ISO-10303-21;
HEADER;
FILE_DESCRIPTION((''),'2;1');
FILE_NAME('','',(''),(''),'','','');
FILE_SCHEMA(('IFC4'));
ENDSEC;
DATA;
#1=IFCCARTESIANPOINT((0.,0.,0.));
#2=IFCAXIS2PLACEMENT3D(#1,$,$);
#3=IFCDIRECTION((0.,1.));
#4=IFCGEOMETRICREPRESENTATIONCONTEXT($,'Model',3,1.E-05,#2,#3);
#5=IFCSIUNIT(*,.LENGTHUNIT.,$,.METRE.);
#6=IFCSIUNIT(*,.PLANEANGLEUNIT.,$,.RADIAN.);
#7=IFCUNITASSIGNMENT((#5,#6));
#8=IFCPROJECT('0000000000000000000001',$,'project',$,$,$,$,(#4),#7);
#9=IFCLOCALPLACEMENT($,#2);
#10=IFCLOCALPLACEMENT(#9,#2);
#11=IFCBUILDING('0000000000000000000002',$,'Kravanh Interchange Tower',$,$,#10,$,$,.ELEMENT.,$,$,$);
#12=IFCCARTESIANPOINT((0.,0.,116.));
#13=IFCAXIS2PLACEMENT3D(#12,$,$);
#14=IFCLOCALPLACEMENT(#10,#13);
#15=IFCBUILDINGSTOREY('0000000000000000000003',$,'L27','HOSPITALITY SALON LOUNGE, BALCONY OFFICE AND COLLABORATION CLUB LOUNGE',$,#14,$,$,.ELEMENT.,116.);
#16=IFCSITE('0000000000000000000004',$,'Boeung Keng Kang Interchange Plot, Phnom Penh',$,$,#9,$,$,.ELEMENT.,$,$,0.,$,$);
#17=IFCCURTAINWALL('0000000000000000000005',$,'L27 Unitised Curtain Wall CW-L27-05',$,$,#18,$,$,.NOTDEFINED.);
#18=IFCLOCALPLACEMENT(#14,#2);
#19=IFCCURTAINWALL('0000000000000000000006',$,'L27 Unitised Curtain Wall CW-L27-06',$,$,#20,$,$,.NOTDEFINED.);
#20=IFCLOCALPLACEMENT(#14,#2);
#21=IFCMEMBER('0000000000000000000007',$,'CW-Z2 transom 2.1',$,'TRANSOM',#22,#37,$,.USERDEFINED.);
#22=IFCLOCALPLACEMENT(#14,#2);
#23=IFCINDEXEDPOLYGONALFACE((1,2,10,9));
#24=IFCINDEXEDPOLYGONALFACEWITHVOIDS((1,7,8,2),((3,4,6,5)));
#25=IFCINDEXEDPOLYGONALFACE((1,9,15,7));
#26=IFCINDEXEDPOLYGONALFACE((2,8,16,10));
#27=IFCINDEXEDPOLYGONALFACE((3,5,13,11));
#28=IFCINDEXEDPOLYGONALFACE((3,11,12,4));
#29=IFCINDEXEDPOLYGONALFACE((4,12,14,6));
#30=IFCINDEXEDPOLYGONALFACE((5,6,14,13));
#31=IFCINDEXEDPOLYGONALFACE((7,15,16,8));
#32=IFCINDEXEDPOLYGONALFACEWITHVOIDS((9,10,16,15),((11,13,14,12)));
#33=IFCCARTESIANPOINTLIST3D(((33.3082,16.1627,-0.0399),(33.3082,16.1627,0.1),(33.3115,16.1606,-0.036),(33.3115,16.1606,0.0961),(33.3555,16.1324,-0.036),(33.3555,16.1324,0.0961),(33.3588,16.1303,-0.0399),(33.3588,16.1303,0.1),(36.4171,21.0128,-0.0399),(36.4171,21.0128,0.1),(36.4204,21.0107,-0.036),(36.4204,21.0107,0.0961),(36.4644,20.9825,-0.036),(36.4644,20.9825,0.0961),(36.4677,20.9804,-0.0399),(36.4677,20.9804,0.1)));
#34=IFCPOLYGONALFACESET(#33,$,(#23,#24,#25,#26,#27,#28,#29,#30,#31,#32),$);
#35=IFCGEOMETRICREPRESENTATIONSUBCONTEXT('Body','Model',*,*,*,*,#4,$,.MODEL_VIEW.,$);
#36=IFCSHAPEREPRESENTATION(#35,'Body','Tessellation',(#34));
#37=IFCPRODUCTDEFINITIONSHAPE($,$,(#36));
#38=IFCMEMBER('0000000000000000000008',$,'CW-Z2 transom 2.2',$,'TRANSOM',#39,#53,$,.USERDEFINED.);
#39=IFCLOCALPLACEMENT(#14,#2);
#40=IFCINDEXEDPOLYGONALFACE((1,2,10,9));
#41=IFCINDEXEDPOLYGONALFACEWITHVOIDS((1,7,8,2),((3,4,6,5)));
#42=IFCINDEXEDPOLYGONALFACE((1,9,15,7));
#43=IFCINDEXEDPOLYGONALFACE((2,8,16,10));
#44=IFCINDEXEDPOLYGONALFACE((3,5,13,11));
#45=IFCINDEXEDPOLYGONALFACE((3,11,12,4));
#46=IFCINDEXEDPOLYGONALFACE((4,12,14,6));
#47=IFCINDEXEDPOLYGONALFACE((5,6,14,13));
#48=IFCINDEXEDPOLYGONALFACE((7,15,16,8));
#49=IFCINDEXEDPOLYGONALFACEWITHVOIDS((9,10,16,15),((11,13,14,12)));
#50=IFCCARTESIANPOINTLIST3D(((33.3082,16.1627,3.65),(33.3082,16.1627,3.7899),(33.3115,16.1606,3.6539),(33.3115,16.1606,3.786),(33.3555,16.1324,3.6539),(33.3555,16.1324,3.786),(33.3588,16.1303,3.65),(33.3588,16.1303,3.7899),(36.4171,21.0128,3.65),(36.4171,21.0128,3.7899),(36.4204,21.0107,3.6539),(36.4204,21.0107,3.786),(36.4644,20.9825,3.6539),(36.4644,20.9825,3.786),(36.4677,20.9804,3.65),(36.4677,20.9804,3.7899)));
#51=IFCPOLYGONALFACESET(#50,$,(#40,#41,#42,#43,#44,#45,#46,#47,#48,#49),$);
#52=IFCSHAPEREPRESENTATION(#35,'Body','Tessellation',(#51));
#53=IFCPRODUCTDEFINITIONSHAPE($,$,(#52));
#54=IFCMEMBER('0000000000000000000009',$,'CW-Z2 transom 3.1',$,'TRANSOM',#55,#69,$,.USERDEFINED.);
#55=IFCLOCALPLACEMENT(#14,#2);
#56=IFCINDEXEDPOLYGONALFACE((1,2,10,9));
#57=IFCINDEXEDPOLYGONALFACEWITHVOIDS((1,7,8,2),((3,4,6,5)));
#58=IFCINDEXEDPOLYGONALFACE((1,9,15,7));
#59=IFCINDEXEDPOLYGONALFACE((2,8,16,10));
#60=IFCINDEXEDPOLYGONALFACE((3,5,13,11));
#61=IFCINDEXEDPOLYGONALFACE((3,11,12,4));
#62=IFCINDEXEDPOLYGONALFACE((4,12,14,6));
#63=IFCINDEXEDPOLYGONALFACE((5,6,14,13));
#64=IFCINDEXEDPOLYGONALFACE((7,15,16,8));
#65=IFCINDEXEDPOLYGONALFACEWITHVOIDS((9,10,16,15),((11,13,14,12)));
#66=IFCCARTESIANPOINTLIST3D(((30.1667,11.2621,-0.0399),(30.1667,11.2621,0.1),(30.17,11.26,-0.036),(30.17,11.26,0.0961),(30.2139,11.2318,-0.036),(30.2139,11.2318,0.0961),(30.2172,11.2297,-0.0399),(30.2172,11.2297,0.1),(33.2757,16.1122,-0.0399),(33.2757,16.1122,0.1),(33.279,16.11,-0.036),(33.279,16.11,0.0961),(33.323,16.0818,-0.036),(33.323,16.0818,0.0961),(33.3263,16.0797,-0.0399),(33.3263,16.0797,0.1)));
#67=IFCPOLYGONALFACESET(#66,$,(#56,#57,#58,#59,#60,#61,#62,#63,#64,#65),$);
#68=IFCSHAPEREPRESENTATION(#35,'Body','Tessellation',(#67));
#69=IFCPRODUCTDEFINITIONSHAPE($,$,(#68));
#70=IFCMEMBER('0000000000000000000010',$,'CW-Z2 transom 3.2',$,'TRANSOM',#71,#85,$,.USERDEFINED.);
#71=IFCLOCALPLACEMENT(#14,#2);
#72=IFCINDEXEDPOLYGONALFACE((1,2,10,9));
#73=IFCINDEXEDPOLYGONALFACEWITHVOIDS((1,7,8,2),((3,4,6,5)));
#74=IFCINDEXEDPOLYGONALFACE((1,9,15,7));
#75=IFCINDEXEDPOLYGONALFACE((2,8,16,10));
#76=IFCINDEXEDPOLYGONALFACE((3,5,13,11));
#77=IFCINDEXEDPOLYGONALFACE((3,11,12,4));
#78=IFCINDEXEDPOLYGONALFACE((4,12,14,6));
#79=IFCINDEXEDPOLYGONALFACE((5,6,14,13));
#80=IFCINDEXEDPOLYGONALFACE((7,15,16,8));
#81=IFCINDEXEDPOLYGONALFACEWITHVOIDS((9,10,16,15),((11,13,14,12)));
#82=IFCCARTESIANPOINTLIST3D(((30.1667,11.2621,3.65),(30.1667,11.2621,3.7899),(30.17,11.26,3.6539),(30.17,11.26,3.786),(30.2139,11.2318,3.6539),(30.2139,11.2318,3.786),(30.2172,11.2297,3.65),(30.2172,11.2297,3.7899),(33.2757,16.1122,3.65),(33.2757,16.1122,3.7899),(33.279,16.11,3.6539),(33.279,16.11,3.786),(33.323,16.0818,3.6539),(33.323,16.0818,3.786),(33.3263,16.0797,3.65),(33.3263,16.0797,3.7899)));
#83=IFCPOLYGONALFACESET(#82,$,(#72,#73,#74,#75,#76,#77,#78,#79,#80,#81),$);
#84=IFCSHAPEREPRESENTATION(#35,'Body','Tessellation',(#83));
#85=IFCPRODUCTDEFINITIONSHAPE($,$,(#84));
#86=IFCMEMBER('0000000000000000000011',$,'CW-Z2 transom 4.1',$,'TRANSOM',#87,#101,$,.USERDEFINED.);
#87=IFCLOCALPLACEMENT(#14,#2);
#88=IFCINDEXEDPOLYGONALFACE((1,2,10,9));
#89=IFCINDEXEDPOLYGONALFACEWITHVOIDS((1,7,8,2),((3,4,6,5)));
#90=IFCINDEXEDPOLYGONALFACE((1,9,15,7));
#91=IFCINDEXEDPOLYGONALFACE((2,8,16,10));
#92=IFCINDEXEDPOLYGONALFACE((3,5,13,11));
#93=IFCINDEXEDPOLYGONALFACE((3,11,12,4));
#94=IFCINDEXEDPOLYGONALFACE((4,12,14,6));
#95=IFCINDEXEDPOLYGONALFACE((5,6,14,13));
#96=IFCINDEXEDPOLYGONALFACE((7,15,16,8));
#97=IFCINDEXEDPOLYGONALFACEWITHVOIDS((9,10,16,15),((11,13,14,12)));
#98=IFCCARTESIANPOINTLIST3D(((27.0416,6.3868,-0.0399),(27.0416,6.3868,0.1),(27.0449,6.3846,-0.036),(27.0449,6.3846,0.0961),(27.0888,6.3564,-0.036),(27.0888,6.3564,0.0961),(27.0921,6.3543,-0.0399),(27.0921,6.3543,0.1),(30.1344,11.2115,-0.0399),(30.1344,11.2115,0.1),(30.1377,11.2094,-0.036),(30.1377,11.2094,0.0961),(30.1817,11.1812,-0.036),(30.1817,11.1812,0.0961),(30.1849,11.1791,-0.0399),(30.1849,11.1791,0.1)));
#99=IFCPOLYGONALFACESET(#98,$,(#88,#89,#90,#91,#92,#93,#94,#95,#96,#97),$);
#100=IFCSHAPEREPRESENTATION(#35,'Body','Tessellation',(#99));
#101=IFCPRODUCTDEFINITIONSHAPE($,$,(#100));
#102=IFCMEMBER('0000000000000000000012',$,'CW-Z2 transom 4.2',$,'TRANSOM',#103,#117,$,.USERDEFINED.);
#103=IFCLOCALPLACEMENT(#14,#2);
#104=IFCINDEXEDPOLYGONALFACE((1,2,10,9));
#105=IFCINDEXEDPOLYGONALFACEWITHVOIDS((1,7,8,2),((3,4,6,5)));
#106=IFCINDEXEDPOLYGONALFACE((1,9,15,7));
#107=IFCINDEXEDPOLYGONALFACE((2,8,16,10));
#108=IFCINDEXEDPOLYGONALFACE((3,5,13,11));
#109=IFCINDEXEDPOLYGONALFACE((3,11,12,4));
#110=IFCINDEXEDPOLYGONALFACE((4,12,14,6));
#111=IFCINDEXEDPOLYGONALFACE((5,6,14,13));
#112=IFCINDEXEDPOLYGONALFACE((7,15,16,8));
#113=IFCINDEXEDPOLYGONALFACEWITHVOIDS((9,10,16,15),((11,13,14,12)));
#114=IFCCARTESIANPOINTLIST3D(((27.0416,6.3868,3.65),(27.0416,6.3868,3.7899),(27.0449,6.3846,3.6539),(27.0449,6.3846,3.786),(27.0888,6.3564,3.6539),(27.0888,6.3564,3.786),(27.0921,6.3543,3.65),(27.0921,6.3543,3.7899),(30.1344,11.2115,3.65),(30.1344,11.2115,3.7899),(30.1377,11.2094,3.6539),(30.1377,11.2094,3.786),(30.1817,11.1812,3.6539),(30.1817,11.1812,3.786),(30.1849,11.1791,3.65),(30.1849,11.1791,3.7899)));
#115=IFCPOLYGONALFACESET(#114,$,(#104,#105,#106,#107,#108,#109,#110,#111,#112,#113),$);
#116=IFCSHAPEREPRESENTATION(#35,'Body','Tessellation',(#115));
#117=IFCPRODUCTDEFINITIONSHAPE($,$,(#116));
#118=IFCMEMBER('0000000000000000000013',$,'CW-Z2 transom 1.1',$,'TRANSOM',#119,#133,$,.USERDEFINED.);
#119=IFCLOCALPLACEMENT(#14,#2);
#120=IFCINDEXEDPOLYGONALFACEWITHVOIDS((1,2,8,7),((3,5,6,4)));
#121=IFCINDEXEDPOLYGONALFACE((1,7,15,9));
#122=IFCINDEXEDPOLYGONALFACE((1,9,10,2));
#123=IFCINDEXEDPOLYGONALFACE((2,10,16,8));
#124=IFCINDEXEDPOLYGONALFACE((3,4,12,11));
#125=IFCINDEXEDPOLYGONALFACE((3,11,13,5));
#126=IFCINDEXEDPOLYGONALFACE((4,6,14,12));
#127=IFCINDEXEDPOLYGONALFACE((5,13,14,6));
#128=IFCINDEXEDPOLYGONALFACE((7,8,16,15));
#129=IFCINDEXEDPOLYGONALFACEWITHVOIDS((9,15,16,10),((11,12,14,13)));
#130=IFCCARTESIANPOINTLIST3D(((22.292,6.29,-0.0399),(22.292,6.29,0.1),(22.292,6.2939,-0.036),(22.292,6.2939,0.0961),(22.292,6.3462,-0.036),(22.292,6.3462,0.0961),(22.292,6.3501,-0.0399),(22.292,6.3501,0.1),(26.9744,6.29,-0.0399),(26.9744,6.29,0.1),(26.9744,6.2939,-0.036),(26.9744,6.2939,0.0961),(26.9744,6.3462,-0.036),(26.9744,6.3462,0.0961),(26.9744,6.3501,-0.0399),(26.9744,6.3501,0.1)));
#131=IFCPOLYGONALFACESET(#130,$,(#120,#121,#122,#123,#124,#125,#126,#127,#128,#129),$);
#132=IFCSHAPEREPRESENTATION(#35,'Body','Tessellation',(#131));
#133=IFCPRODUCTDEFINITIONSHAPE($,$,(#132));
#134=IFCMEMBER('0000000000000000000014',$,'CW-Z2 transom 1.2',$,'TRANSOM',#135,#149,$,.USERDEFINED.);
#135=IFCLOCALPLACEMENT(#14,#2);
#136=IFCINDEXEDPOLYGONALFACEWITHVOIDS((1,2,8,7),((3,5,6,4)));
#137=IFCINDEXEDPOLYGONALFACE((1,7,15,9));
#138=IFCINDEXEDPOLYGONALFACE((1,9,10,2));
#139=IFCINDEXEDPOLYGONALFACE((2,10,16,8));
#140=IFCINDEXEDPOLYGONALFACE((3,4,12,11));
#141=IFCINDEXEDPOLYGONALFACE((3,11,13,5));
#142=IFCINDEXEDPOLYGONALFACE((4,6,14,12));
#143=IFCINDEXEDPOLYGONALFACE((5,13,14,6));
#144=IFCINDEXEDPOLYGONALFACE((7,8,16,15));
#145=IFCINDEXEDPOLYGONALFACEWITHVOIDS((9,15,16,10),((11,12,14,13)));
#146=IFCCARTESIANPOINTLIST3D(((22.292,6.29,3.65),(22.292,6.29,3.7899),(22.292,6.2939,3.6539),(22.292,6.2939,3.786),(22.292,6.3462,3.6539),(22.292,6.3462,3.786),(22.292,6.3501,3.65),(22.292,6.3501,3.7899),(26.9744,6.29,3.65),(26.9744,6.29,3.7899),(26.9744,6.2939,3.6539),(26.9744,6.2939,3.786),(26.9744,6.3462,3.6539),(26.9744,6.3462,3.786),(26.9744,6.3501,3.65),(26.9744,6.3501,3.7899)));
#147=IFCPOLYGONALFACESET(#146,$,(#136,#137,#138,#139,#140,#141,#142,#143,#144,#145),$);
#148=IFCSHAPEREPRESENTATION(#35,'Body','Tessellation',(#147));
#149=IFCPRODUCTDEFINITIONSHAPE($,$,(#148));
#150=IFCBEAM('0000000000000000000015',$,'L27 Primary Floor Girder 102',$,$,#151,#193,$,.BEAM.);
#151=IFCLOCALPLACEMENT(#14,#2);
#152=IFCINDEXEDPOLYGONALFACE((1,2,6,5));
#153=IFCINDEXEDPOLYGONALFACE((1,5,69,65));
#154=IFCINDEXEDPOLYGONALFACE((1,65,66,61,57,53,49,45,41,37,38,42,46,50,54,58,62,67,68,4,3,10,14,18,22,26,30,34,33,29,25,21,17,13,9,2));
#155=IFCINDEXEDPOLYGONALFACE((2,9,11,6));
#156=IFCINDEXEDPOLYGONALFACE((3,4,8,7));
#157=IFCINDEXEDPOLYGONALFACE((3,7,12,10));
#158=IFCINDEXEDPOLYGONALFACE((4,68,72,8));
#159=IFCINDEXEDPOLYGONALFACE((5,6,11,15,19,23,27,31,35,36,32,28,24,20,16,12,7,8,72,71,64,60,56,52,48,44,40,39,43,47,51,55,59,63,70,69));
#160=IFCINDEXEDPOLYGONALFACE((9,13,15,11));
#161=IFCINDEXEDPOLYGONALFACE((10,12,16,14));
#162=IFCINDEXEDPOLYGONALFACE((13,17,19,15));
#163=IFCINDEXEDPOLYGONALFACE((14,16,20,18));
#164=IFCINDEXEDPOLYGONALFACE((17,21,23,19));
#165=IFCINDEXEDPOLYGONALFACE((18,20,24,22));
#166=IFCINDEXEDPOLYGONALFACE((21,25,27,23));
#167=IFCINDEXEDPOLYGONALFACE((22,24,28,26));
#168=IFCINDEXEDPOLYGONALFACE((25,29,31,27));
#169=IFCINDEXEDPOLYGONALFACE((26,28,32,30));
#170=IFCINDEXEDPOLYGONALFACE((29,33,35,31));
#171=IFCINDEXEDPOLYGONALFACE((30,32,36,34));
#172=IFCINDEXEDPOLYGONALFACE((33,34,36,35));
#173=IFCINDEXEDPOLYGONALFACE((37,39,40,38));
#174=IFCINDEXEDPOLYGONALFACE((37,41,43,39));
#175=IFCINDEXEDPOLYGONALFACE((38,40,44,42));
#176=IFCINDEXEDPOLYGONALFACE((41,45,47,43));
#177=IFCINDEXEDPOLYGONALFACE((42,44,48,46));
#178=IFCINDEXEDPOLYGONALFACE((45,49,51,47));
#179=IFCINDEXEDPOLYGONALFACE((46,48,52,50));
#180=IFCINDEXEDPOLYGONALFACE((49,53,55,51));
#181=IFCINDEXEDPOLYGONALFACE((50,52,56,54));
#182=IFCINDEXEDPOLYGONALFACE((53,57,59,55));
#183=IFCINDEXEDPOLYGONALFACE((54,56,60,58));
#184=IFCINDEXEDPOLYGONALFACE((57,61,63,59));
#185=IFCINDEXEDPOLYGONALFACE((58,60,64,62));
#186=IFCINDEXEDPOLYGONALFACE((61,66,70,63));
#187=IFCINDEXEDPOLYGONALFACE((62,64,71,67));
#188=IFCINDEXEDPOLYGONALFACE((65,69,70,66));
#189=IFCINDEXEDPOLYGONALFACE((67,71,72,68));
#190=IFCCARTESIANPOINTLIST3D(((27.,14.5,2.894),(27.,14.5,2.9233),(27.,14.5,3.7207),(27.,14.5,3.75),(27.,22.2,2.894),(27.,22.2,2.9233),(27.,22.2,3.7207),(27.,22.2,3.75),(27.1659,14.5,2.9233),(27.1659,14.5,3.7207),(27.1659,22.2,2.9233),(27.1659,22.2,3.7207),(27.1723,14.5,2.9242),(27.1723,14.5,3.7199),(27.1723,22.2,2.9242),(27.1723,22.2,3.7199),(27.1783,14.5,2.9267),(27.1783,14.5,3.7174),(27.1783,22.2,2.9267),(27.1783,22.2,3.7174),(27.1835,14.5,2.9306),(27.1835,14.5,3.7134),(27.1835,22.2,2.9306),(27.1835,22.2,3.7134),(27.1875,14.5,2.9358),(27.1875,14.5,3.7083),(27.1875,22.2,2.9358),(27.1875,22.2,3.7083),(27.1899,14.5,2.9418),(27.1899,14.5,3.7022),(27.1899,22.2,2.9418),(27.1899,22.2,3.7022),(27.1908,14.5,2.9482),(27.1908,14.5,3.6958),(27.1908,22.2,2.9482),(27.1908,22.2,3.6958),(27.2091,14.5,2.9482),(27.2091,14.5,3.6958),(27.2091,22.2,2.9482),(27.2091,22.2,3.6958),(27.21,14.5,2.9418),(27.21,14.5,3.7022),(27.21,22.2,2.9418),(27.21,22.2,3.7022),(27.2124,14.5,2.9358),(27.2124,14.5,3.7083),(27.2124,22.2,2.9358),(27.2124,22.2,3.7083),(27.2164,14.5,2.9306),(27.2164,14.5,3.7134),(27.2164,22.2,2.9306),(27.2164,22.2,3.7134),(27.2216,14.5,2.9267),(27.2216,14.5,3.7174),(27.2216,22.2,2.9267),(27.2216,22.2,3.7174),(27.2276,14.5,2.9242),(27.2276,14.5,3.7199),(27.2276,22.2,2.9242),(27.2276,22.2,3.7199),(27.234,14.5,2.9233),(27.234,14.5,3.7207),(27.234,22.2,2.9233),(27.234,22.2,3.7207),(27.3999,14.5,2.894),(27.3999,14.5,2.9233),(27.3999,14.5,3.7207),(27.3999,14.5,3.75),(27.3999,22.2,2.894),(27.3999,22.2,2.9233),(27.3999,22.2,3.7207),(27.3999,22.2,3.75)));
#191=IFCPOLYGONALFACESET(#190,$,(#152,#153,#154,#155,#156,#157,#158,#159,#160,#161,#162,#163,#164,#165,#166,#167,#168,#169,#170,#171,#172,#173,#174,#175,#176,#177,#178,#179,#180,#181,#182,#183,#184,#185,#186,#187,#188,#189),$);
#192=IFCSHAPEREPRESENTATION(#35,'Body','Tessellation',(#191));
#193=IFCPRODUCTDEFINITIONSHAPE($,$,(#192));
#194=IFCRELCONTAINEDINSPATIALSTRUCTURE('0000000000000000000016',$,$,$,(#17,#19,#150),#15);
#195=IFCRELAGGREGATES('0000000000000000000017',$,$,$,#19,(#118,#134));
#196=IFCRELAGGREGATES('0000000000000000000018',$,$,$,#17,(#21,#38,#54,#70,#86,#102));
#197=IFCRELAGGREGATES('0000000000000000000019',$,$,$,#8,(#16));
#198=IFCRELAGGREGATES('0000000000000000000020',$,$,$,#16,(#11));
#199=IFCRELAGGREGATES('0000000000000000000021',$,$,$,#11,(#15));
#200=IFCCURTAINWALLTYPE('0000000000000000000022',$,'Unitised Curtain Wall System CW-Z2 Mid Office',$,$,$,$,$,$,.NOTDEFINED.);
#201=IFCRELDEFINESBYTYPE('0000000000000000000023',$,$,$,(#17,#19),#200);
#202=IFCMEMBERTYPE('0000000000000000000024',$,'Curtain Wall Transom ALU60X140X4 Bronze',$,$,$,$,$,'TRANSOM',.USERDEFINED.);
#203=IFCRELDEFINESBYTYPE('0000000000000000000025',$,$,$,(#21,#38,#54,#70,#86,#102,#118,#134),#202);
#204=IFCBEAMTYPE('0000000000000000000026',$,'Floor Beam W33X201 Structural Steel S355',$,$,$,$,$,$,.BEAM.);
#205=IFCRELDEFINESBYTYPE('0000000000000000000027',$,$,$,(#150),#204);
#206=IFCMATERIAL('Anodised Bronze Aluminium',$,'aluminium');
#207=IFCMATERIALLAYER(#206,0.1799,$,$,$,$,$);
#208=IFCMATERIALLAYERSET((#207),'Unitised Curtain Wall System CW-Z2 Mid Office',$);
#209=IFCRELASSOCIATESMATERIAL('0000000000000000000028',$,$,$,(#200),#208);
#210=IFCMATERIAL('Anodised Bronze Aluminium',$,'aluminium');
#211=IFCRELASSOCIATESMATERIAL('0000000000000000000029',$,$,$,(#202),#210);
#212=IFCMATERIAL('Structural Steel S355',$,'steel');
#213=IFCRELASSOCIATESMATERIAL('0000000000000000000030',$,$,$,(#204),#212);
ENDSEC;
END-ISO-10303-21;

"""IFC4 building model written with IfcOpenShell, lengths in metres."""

from ifc_helpers import new_model, si_unit, direction, frame, origin, origin_2d, place, context, subcontext, project, spatial, hollow_rectangle, i_section, extrude, material, layer, layer_set, material_profile, profile_set, type_object, element, aggregate, save


model = new_model("IFC4")

# Units and contexts
model_context = context("Model", 3, precision=1e-05, world=origin(), true_north=direction((0.0, 1.0)))
body_context = subcontext(model_context, "Body", "Model", "MODEL_VIEW")
ifc_project = project(units=[si_unit("LENGTHUNIT", "METRE"), si_unit("PLANEANGLEUNIT", "RADIAN")], contexts=[model_context])

# Site, building, storey
site_placement = place(None, origin())
site = spatial("IfcSite", under=ifc_project, at=site_placement, Name="Boeung Keng Kang Interchange Plot, Phnom Penh", CompositionType="ELEMENT", RefElevation=0.0)
building_placement = place(site_placement, origin())
building = spatial("IfcBuilding", under=site, at=building_placement, Name="Kravanh Interchange Tower", CompositionType="ELEMENT")
storey_placement = place(building_placement, frame((0.0, 0.0, 116.0)))
storey = spatial("IfcBuildingStorey", under=building, at=storey_placement, Name="L27", Description="HOSPITALITY SALON LOUNGE, BALCONY OFFICE AND COLLABORATION CLUB LOUNGE", CompositionType="ELEMENT", Elevation=116.0)

# Curtain wall
ifc_material_1 = material(Name="Anodised Bronze Aluminium", Category="aluminium")
ifc_layer_1 = layer(ifc_material_1, 0.1799)
ifc_layer_set_1 = layer_set([ifc_layer_1], Name="Unitised Curtain Wall System CW-Z2 Mid Office")
curtain_wall_type = type_object("IfcCurtainWallType", Name="Unitised Curtain Wall System CW-Z2 Mid Office", PredefinedType="NOTDEFINED", material=ifc_layer_set_1)
curtain_wall_1_placement = place(storey_placement, origin())
curtain_wall_1 = element("IfcCurtainWall", 1, at=curtain_wall_1_placement, inside=storey, type_object=curtain_wall_type, Name="L27 Unitised Curtain Wall CW-L27-05", PredefinedType="NOTDEFINED")

# Curtain wall
curtain_wall_2_placement = place(storey_placement, origin())
curtain_wall_2 = element("IfcCurtainWall", 2, at=curtain_wall_2_placement, inside=storey, type_object=curtain_wall_type, Name="L27 Unitised Curtain Wall CW-L27-06", PredefinedType="NOTDEFINED")

# Members
ifc_material_2 = material(Name="Anodised Bronze Aluminium", Category="aluminium")
ifc_material_profile_1 = material_profile(ifc_material_2, hollow_rectangle(XDim=0.0601, YDim=0.1399, WallThickness=0.0039, at=origin_2d()), Name="ALU60X140X4")
ifc_profile_set_1 = profile_set([ifc_material_profile_1], Name="Anodised Bronze Aluminium")
member_type_1 = type_object("IfcMemberType", Name="Curtain Wall Transom ALU60X140X4 Bronze", ElementType="TRANSOM", PredefinedType="USERDEFINED", material=ifc_profile_set_1)
member_1_placement = place(storey_placement, frame((36.4424, 20.9966, 0.03), z_axis=(-0.539648, -0.841891, 0.0), x_axis=(0.841891, -0.539648, 0.0)))
member_1 = element("IfcMember", 3, at=member_1_placement, type_object=member_type_1, Name="CW-Z2 transom 2.1", ObjectType="TRANSOM", PredefinedType="USERDEFINED", context=body_context, shape_type="SweptSolid", body=[
    extrude(hollow_rectangle(XDim=0.0601, YDim=0.1399, WallThickness=0.0039, at=origin_2d()), origin(), (0.0, 0.0, 1.0), 5.761),
])
member_2_placement = place(storey_placement, frame((36.4424, 20.9966, 3.72), z_axis=(-0.539648, -0.841891, 0.0), x_axis=(0.841891, -0.539648, 0.0)))
member_2 = element("IfcMember", 4, at=member_2_placement, type_object=member_type_1, Name="CW-Z2 transom 2.2", ObjectType="TRANSOM", PredefinedType="USERDEFINED", context=body_context, shape_type="SweptSolid", body=[
    extrude(hollow_rectangle(XDim=0.0601, YDim=0.1399, WallThickness=0.0039, at=origin_2d()), origin(), (0.0, 0.0, 1.0), 5.761),
])
member_3_placement = place(storey_placement, frame((33.301, 16.0959, 0.03), z_axis=(-0.539678, -0.841872, 0.0), x_axis=(0.841872, -0.539678, 0.0)))
member_3 = element("IfcMember", 5, at=member_3_placement, type_object=member_type_1, Name="CW-Z2 transom 3.1", ObjectType="TRANSOM", PredefinedType="USERDEFINED", context=body_context, shape_type="SweptSolid", body=[
    extrude(hollow_rectangle(XDim=0.0601, YDim=0.1399, WallThickness=0.0039, at=origin_2d()), origin(), (0.0, 0.0, 1.0), 5.761),
])
member_4_placement = place(storey_placement, frame((33.301, 16.0959, 3.72), z_axis=(-0.539678, -0.841872, 0.0), x_axis=(0.841872, -0.539678, 0.0)))
member_4 = element("IfcMember", 6, at=member_4_placement, type_object=member_type_1, Name="CW-Z2 transom 3.2", ObjectType="TRANSOM", PredefinedType="USERDEFINED", context=body_context, shape_type="SweptSolid", body=[
    extrude(hollow_rectangle(XDim=0.0601, YDim=0.1399, WallThickness=0.0039, at=origin_2d()), origin(), (0.0, 0.0, 1.0), 5.761),
])
member_5_placement = place(storey_placement, frame((30.1597, 11.1953, 0.03), z_axis=(-0.539668, -0.841878, 0.0), x_axis=(0.841878, -0.539668, 0.0)))
member_5 = element("IfcMember", 7, at=member_5_placement, type_object=member_type_1, Name="CW-Z2 transom 4.1", ObjectType="TRANSOM", PredefinedType="USERDEFINED", context=body_context, shape_type="SweptSolid", body=[
    extrude(hollow_rectangle(XDim=0.0601, YDim=0.1399, WallThickness=0.0039, at=origin_2d()), origin(), (0.0, 0.0, 1.0), 5.731),
])
member_6_placement = place(storey_placement, frame((30.1597, 11.1953, 3.72), z_axis=(-0.539668, -0.841878, 0.0), x_axis=(0.841878, -0.539668, 0.0)))
member_6 = element("IfcMember", 8, at=member_6_placement, type_object=member_type_1, Name="CW-Z2 transom 4.2", ObjectType="TRANSOM", PredefinedType="USERDEFINED", context=body_context, shape_type="SweptSolid", body=[
    extrude(hollow_rectangle(XDim=0.0601, YDim=0.1399, WallThickness=0.0039, at=origin_2d()), origin(), (0.0, 0.0, 1.0), 5.731),
])
member_7_placement = place(storey_placement, frame((26.9744, 6.3201, 0.03), z_axis=(-1.0, 0.0, 0.0), x_axis=(0.0, -1.0, 0.0)))
member_7 = element("IfcMember", 9, at=member_7_placement, type_object=member_type_1, Name="CW-Z2 transom 1.1", ObjectType="TRANSOM", PredefinedType="USERDEFINED", context=body_context, shape_type="SweptSolid", body=[
    extrude(hollow_rectangle(XDim=0.0601, YDim=0.1399, WallThickness=0.0039, at=origin_2d()), origin(), (0.0, 0.0, 1.0), 4.6824),
])
member_8_placement = place(storey_placement, frame((26.9744, 6.3201, 3.72), z_axis=(-1.0, 0.0, 0.0), x_axis=(0.0, -1.0, 0.0)))
member_8 = element("IfcMember", 10, at=member_8_placement, type_object=member_type_1, Name="CW-Z2 transom 1.2", ObjectType="TRANSOM", PredefinedType="USERDEFINED", context=body_context, shape_type="SweptSolid", body=[
    extrude(hollow_rectangle(XDim=0.0601, YDim=0.1399, WallThickness=0.0039, at=origin_2d()), origin(), (0.0, 0.0, 1.0), 4.6824),
])
aggregate(curtain_wall_2, [member_7, member_8])

# Beam
ifc_material_3 = material(Name="Structural Steel S355", Category="steel")
ifc_material_profile_2 = material_profile(ifc_material_3, i_section(OverallWidth=0.3999, OverallDepth=0.856, WebThickness=0.0183, FlangeThickness=0.0293, FilletRadius=0.0249, at=origin_2d()), Name="W33X201")
ifc_profile_set_2 = profile_set([ifc_material_profile_2], Name="Structural Steel S355")
beam_type = type_object("IfcBeamType", Name="Floor Beam W33X201 Structural Steel S355", PredefinedType="BEAM", material=ifc_profile_set_2)
beam_placement = place(storey_placement, frame((27.2, 14.5, 3.322), z_axis=(0.0, 1.0, 0.0), x_axis=(-1.0, 0.0, 0.0)))
element("IfcBeam", 11, at=beam_placement, inside=storey, type_object=beam_type, Name="L27 Primary Floor Girder 102", PredefinedType="BEAM", context=body_context, shape_type="SweptSolid", body=[
    extrude(i_section(OverallWidth=0.3999, OverallDepth=0.856, WebThickness=0.0183, FlangeThickness=0.0293, FilletRadius=0.0249, at=origin_2d()), origin(), (0.0, 0.0, 1.0), 7.7),
])

aggregate(curtain_wall_1, [member_1, member_2, member_3, member_4, member_5, member_6])

save(model, "model.ifc")
